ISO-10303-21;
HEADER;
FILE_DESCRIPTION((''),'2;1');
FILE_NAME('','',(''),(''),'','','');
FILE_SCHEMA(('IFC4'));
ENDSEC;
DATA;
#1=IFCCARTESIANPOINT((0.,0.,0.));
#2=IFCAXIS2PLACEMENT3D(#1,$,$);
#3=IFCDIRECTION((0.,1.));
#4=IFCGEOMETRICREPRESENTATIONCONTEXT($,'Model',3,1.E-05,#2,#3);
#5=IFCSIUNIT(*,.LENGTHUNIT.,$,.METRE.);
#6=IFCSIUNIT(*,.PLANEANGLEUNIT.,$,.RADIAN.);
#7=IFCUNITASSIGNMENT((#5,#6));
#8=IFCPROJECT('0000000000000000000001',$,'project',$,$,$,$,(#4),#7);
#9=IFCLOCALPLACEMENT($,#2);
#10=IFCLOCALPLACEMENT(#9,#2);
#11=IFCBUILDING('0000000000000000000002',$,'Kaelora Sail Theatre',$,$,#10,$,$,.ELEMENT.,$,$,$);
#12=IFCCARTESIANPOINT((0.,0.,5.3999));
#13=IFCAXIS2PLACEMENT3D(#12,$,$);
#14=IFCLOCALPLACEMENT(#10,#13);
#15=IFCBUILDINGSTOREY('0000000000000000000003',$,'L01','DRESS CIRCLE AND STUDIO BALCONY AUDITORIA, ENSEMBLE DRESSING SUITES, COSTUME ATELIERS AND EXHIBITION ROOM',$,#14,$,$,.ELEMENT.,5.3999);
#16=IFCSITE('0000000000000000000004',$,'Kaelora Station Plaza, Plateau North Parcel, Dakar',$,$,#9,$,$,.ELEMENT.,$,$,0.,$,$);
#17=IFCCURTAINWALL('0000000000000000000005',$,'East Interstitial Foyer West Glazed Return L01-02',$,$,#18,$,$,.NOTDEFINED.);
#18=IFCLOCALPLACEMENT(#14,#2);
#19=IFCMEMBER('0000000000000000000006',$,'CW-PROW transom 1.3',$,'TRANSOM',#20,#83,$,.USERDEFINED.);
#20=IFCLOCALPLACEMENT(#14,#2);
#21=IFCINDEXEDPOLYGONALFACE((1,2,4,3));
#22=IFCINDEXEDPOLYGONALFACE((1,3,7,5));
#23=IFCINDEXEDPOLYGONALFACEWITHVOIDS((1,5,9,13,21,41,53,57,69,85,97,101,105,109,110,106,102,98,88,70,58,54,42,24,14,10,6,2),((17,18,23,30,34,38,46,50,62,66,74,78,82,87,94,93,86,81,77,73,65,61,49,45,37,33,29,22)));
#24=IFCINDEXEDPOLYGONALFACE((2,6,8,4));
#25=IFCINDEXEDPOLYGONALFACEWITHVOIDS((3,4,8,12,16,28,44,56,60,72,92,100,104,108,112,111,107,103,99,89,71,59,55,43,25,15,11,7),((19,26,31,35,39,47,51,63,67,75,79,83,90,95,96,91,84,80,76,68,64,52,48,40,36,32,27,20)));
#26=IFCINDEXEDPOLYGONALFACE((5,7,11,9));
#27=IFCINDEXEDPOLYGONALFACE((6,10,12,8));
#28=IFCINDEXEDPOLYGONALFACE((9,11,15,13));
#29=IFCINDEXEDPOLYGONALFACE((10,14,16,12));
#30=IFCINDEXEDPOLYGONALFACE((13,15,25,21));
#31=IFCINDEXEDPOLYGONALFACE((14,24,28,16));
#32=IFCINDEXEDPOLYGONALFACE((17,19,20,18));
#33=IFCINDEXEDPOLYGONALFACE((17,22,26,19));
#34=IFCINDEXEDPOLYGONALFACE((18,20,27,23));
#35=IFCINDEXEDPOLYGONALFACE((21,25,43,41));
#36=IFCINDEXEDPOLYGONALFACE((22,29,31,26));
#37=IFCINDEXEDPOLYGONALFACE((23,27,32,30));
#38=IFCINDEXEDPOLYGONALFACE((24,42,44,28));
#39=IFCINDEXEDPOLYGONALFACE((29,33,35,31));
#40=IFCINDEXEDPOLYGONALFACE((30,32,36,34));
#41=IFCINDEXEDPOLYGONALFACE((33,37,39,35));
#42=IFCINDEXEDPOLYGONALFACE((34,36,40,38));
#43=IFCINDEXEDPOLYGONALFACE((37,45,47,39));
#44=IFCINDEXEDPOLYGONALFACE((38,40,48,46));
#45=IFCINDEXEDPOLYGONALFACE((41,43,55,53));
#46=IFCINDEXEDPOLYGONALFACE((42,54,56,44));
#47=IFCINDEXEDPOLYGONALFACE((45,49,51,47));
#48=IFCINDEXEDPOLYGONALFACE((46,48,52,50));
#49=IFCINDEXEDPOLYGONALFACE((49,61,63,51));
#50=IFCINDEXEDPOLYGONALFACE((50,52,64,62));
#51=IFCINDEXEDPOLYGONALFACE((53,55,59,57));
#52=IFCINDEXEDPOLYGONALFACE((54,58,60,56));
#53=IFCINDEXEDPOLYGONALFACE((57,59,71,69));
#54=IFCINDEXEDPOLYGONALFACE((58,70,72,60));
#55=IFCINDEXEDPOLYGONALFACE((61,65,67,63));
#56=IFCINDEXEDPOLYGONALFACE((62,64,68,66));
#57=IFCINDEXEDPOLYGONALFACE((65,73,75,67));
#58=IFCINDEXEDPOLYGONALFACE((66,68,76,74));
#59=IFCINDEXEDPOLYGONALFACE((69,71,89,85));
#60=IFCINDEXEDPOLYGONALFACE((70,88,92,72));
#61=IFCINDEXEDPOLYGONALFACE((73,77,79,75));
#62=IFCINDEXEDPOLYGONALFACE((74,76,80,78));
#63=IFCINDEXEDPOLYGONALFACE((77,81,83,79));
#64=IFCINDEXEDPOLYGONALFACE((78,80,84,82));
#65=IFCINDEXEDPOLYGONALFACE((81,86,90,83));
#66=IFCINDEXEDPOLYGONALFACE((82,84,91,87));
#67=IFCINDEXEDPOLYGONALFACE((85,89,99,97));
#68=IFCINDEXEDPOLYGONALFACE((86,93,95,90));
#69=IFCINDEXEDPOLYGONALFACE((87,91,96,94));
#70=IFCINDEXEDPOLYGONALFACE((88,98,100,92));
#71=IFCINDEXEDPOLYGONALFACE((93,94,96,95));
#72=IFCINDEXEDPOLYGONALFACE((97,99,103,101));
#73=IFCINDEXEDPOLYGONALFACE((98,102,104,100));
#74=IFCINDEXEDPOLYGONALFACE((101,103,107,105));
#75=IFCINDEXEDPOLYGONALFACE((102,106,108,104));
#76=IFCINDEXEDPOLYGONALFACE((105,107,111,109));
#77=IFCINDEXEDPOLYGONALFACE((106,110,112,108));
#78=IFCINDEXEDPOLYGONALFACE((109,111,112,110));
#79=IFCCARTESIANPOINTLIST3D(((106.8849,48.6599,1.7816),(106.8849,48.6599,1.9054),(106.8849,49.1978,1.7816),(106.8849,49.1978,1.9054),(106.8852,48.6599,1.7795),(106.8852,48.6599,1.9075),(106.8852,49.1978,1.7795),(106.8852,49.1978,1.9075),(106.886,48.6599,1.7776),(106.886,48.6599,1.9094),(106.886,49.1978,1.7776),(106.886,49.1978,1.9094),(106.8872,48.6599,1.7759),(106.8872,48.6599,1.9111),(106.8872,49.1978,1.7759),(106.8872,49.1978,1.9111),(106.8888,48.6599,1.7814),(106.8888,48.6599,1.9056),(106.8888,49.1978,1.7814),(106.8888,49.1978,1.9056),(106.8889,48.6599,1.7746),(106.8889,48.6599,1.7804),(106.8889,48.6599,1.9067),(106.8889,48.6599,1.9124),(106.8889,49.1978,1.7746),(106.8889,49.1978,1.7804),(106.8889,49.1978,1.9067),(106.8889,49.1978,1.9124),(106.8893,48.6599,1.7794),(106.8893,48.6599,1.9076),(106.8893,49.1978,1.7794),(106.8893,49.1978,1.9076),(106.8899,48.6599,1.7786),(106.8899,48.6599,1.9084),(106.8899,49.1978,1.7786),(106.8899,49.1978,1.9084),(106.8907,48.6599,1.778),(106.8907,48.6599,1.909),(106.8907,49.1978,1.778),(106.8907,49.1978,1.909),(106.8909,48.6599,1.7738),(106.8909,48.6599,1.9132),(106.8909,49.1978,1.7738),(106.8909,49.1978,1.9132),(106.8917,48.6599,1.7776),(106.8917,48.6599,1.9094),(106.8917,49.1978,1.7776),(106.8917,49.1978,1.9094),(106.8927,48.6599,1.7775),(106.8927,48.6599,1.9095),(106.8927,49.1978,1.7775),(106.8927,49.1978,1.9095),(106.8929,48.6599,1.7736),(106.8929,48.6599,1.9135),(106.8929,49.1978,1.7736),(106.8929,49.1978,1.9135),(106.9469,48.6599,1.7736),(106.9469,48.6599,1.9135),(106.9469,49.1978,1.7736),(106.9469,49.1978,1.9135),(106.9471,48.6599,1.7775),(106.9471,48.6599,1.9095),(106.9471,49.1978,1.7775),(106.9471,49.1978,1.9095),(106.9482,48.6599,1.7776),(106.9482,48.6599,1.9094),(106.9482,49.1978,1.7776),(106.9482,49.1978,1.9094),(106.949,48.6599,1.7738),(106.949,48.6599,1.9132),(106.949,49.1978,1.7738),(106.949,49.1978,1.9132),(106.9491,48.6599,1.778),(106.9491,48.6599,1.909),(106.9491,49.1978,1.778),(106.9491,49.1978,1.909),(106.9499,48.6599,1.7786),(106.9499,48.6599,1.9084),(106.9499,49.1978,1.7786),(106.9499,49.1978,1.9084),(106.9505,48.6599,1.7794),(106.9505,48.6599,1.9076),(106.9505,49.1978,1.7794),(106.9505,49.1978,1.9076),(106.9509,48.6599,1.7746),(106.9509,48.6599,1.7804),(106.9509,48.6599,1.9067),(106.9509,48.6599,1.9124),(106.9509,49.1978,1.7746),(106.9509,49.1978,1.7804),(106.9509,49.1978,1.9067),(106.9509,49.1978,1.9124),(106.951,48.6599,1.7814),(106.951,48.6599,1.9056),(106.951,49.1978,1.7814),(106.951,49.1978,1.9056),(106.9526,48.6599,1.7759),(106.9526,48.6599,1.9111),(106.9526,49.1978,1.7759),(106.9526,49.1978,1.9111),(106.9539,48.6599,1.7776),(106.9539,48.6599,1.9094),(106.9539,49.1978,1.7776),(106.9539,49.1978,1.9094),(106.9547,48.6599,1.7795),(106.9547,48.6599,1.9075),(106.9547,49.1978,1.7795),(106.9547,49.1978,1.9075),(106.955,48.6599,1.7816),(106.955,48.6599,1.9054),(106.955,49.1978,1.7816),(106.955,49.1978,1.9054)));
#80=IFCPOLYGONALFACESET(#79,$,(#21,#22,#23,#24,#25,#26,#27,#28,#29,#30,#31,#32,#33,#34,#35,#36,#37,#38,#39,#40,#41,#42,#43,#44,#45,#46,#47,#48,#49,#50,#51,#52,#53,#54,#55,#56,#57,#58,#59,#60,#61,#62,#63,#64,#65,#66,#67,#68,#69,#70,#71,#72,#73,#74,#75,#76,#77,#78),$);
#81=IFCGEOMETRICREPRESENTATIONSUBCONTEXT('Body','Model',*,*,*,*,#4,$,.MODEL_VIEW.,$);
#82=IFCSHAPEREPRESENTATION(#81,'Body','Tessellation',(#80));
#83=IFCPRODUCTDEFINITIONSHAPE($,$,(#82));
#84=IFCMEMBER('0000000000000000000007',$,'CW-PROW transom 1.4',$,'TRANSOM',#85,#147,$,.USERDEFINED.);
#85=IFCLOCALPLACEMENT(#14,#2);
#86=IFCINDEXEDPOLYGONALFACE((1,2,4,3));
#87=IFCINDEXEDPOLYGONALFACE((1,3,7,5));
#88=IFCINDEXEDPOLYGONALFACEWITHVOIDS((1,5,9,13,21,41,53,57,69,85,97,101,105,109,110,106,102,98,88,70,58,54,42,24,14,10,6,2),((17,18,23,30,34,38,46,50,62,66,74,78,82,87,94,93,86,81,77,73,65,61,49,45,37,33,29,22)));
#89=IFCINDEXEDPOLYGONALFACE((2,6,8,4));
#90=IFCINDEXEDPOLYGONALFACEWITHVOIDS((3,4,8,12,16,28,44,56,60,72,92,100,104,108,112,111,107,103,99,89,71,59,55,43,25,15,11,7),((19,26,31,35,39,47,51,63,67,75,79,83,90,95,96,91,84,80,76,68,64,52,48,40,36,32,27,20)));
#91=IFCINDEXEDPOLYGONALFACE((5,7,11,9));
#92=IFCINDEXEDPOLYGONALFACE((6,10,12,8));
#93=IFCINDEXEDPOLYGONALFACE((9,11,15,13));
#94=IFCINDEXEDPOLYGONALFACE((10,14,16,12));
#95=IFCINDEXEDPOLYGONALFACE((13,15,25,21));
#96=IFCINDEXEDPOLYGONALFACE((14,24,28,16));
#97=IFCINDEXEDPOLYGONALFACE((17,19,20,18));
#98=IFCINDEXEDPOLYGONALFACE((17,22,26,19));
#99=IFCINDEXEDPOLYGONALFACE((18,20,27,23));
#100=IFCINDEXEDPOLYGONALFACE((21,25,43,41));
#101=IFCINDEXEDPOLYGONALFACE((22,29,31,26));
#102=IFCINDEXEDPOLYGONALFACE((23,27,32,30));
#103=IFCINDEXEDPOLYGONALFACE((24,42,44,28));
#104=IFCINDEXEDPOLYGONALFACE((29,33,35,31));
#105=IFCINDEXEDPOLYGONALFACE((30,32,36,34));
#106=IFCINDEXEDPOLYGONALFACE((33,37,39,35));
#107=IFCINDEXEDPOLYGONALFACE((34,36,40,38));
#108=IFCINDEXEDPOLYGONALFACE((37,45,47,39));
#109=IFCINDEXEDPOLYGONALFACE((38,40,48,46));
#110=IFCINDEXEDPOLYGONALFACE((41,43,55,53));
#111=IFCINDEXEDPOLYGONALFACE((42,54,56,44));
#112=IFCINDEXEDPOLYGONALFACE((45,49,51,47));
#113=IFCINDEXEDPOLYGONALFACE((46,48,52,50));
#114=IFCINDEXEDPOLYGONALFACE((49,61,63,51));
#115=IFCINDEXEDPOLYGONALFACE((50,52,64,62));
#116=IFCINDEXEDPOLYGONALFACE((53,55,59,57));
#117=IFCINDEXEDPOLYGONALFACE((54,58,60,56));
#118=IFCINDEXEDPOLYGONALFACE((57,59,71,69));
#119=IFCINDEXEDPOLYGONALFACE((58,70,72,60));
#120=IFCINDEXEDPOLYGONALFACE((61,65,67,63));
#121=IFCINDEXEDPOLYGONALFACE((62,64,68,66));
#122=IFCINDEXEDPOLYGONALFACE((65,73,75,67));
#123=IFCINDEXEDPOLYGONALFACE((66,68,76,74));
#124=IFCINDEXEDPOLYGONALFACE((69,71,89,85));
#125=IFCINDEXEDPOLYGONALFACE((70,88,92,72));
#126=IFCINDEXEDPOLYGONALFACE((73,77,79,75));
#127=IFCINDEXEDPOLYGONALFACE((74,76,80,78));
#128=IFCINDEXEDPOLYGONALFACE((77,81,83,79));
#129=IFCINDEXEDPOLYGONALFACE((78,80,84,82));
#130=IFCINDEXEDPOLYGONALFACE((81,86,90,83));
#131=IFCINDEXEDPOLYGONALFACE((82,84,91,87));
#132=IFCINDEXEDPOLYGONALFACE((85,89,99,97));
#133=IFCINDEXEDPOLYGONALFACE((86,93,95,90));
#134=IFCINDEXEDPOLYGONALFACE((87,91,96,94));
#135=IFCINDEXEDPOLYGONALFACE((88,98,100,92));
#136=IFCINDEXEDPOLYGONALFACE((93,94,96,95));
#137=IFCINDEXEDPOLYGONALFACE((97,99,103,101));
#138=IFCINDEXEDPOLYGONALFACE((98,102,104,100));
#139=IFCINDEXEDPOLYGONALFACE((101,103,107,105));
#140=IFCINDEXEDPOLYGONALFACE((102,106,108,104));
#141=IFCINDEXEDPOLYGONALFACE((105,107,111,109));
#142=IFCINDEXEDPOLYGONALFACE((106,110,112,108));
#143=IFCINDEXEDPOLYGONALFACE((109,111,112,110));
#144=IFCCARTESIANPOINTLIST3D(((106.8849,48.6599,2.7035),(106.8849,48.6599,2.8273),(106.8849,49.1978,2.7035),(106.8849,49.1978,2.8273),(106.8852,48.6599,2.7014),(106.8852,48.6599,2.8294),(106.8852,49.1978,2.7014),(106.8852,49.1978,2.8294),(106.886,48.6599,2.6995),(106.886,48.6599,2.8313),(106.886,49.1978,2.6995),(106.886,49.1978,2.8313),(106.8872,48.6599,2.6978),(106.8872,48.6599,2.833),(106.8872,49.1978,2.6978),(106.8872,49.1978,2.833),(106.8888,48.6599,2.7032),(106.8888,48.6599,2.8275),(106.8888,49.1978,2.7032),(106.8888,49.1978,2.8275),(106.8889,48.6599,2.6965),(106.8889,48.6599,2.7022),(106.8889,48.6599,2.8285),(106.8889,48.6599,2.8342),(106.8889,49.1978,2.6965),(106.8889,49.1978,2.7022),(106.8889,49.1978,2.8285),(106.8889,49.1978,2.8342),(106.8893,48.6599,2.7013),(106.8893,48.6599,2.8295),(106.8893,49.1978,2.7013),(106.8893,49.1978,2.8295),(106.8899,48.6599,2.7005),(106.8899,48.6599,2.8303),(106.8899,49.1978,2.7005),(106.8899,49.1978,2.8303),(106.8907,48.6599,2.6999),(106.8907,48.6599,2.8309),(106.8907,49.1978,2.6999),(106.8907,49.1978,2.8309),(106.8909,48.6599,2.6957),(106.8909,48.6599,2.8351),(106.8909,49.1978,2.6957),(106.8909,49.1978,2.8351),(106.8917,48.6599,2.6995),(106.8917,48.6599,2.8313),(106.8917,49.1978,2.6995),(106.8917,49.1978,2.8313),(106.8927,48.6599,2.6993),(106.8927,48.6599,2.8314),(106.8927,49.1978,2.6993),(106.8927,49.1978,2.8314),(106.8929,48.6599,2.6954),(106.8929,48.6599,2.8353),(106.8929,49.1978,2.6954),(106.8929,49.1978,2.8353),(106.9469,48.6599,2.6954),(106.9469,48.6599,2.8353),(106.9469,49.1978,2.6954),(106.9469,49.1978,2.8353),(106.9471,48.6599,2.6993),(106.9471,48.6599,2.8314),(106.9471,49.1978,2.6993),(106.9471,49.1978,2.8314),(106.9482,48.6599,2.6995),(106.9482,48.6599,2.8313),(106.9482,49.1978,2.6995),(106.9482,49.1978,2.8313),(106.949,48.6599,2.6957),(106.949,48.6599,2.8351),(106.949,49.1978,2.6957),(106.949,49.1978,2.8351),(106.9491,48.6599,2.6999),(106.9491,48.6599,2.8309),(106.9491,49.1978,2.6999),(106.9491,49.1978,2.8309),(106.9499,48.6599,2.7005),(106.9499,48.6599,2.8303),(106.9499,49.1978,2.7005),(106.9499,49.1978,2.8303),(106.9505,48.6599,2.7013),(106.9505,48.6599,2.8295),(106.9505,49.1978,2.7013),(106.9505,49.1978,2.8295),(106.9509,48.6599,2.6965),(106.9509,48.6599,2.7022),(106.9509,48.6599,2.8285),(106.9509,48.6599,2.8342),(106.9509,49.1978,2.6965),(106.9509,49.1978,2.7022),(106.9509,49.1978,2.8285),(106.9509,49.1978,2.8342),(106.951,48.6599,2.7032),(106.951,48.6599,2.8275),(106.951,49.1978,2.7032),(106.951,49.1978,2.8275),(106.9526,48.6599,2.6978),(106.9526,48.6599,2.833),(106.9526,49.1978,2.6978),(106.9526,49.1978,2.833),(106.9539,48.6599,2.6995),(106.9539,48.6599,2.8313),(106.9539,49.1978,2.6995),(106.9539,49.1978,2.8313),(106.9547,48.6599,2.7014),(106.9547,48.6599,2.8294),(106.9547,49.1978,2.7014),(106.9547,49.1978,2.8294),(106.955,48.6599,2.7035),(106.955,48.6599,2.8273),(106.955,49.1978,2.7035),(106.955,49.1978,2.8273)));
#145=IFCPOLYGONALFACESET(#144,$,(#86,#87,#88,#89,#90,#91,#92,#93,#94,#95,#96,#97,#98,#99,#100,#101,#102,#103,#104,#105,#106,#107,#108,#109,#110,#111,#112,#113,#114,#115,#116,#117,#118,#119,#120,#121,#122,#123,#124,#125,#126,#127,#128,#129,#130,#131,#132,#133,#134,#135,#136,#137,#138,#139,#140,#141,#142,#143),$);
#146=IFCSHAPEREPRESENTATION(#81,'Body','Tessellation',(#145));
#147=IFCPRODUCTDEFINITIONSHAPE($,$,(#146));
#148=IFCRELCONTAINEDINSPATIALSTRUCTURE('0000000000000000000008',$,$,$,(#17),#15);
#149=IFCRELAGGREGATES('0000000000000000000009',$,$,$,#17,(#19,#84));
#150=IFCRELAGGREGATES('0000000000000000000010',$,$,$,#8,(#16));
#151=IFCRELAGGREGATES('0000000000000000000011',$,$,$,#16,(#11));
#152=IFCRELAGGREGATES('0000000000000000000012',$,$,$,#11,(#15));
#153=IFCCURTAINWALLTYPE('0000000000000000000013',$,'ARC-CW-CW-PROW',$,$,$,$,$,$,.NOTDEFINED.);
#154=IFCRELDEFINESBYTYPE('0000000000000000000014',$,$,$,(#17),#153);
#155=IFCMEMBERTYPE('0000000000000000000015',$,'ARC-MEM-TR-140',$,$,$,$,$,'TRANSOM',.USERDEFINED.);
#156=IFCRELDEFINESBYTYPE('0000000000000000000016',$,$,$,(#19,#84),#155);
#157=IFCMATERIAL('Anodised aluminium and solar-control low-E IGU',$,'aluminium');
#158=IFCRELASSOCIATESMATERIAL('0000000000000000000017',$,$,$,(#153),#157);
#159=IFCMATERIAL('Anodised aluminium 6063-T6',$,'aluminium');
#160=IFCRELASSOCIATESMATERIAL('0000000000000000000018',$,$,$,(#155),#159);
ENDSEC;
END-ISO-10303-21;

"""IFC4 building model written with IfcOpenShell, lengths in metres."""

from ifc_helpers import new_model, si_unit, direction, frame, origin, origin_2d, place, context, subcontext, project, spatial, hollow_rectangle, extrude, material, material_profile, profile_set, type_object, element, aggregate, save


model = new_model("IFC4")

# Units and contexts
model_context = context("Model", 3, precision=1e-05, world=origin(), true_north=direction((0.0, 1.0)))
body_context = subcontext(model_context, "Body", "Model", "MODEL_VIEW")
ifc_project = project(units=[si_unit("LENGTHUNIT", "METRE"), si_unit("PLANEANGLEUNIT", "RADIAN")], contexts=[model_context])

# Site, building, storey
site_placement = place(None, origin())
site = spatial("IfcSite", under=ifc_project, at=site_placement, Name="Kaelora Station Plaza, Plateau North Parcel, Dakar", CompositionType="ELEMENT", RefElevation=0.0)
building_placement = place(site_placement, origin())
building = spatial("IfcBuilding", under=site, at=building_placement, Name="Kaelora Sail Theatre", CompositionType="ELEMENT")
storey_placement = place(building_placement, frame((0.0, 0.0, 5.3999)))
storey = spatial("IfcBuildingStorey", under=building, at=storey_placement, Name="L01", Description="DRESS CIRCLE AND STUDIO BALCONY AUDITORIA, ENSEMBLE DRESSING SUITES, COSTUME ATELIERS AND EXHIBITION ROOM", CompositionType="ELEMENT", Elevation=5.3999)

# Shared definitions
ifc_material_1 = material(Name="Anodised aluminium and solar-control low-E IGU", Category="aluminium")
curtain_wall_type = type_object("IfcCurtainWallType", Name="ARC-CW-CW-PROW", PredefinedType="NOTDEFINED", material=ifc_material_1)

# Curtain wall, members
curtain_wall_1_placement = place(storey_placement, origin())
curtain_wall_1 = element("IfcCurtainWall", 1, at=curtain_wall_1_placement, inside=storey, type_object=curtain_wall_type, Name="East Interstitial Foyer West Glazed Return L01-02", PredefinedType="NOTDEFINED")
ifc_material_2 = material(Name="Anodised aluminium 6063-T6", Category="aluminium")
ifc_material_profile_1 = material_profile(ifc_material_2, hollow_rectangle(XDim=0.0701, YDim=0.1399, WallThickness=0.0039, InnerFilletRadius=0.0039, OuterFilletRadius=0.0081, at=origin_2d()), Name="ALU-TRAN 70x140x4")
ifc_profile_set_1 = profile_set([ifc_material_profile_1], Name="Anodised aluminium 6063-T6")
member_type_1 = type_object("IfcMemberType", Name="ARC-MEM-TR-140", ElementType="TRANSOM", PredefinedType="USERDEFINED", material=ifc_profile_set_1)
member_1_placement = place(storey_placement, frame((106.9199, 48.6599, 1.8435), z_axis=(0.0, 1.0, 0.0), x_axis=(-1.0, 0.0, 0.0)))
member_1 = element("IfcMember", 2, at=member_1_placement, type_object=member_type_1, Name="CW-PROW transom 1.3", ObjectType="TRANSOM", PredefinedType="USERDEFINED", context=body_context, shape_type="SweptSolid", body=[
    extrude(hollow_rectangle(XDim=0.0701, YDim=0.1399, WallThickness=0.0039, InnerFilletRadius=0.0039, OuterFilletRadius=0.0081, at=origin_2d()), origin(), (0.0, 0.0, 1.0), 0.5378),
])
member_2_placement = place(storey_placement, frame((106.9199, 48.6599, 2.7654), z_axis=(0.0, 1.0, 0.0), x_axis=(-1.0, 0.0, 0.0)))
member_2 = element("IfcMember", 3, at=member_2_placement, type_object=member_type_1, Name="CW-PROW transom 1.4", ObjectType="TRANSOM", PredefinedType="USERDEFINED", context=body_context, shape_type="SweptSolid", body=[
    extrude(hollow_rectangle(XDim=0.0701, YDim=0.1399, WallThickness=0.0039, InnerFilletRadius=0.0039, OuterFilletRadius=0.0081, at=origin_2d()), origin(), (0.0, 0.0, 1.0), 0.5378),
])

aggregate(curtain_wall_1, [member_1, member_2])

save(model, "model.ifc")
